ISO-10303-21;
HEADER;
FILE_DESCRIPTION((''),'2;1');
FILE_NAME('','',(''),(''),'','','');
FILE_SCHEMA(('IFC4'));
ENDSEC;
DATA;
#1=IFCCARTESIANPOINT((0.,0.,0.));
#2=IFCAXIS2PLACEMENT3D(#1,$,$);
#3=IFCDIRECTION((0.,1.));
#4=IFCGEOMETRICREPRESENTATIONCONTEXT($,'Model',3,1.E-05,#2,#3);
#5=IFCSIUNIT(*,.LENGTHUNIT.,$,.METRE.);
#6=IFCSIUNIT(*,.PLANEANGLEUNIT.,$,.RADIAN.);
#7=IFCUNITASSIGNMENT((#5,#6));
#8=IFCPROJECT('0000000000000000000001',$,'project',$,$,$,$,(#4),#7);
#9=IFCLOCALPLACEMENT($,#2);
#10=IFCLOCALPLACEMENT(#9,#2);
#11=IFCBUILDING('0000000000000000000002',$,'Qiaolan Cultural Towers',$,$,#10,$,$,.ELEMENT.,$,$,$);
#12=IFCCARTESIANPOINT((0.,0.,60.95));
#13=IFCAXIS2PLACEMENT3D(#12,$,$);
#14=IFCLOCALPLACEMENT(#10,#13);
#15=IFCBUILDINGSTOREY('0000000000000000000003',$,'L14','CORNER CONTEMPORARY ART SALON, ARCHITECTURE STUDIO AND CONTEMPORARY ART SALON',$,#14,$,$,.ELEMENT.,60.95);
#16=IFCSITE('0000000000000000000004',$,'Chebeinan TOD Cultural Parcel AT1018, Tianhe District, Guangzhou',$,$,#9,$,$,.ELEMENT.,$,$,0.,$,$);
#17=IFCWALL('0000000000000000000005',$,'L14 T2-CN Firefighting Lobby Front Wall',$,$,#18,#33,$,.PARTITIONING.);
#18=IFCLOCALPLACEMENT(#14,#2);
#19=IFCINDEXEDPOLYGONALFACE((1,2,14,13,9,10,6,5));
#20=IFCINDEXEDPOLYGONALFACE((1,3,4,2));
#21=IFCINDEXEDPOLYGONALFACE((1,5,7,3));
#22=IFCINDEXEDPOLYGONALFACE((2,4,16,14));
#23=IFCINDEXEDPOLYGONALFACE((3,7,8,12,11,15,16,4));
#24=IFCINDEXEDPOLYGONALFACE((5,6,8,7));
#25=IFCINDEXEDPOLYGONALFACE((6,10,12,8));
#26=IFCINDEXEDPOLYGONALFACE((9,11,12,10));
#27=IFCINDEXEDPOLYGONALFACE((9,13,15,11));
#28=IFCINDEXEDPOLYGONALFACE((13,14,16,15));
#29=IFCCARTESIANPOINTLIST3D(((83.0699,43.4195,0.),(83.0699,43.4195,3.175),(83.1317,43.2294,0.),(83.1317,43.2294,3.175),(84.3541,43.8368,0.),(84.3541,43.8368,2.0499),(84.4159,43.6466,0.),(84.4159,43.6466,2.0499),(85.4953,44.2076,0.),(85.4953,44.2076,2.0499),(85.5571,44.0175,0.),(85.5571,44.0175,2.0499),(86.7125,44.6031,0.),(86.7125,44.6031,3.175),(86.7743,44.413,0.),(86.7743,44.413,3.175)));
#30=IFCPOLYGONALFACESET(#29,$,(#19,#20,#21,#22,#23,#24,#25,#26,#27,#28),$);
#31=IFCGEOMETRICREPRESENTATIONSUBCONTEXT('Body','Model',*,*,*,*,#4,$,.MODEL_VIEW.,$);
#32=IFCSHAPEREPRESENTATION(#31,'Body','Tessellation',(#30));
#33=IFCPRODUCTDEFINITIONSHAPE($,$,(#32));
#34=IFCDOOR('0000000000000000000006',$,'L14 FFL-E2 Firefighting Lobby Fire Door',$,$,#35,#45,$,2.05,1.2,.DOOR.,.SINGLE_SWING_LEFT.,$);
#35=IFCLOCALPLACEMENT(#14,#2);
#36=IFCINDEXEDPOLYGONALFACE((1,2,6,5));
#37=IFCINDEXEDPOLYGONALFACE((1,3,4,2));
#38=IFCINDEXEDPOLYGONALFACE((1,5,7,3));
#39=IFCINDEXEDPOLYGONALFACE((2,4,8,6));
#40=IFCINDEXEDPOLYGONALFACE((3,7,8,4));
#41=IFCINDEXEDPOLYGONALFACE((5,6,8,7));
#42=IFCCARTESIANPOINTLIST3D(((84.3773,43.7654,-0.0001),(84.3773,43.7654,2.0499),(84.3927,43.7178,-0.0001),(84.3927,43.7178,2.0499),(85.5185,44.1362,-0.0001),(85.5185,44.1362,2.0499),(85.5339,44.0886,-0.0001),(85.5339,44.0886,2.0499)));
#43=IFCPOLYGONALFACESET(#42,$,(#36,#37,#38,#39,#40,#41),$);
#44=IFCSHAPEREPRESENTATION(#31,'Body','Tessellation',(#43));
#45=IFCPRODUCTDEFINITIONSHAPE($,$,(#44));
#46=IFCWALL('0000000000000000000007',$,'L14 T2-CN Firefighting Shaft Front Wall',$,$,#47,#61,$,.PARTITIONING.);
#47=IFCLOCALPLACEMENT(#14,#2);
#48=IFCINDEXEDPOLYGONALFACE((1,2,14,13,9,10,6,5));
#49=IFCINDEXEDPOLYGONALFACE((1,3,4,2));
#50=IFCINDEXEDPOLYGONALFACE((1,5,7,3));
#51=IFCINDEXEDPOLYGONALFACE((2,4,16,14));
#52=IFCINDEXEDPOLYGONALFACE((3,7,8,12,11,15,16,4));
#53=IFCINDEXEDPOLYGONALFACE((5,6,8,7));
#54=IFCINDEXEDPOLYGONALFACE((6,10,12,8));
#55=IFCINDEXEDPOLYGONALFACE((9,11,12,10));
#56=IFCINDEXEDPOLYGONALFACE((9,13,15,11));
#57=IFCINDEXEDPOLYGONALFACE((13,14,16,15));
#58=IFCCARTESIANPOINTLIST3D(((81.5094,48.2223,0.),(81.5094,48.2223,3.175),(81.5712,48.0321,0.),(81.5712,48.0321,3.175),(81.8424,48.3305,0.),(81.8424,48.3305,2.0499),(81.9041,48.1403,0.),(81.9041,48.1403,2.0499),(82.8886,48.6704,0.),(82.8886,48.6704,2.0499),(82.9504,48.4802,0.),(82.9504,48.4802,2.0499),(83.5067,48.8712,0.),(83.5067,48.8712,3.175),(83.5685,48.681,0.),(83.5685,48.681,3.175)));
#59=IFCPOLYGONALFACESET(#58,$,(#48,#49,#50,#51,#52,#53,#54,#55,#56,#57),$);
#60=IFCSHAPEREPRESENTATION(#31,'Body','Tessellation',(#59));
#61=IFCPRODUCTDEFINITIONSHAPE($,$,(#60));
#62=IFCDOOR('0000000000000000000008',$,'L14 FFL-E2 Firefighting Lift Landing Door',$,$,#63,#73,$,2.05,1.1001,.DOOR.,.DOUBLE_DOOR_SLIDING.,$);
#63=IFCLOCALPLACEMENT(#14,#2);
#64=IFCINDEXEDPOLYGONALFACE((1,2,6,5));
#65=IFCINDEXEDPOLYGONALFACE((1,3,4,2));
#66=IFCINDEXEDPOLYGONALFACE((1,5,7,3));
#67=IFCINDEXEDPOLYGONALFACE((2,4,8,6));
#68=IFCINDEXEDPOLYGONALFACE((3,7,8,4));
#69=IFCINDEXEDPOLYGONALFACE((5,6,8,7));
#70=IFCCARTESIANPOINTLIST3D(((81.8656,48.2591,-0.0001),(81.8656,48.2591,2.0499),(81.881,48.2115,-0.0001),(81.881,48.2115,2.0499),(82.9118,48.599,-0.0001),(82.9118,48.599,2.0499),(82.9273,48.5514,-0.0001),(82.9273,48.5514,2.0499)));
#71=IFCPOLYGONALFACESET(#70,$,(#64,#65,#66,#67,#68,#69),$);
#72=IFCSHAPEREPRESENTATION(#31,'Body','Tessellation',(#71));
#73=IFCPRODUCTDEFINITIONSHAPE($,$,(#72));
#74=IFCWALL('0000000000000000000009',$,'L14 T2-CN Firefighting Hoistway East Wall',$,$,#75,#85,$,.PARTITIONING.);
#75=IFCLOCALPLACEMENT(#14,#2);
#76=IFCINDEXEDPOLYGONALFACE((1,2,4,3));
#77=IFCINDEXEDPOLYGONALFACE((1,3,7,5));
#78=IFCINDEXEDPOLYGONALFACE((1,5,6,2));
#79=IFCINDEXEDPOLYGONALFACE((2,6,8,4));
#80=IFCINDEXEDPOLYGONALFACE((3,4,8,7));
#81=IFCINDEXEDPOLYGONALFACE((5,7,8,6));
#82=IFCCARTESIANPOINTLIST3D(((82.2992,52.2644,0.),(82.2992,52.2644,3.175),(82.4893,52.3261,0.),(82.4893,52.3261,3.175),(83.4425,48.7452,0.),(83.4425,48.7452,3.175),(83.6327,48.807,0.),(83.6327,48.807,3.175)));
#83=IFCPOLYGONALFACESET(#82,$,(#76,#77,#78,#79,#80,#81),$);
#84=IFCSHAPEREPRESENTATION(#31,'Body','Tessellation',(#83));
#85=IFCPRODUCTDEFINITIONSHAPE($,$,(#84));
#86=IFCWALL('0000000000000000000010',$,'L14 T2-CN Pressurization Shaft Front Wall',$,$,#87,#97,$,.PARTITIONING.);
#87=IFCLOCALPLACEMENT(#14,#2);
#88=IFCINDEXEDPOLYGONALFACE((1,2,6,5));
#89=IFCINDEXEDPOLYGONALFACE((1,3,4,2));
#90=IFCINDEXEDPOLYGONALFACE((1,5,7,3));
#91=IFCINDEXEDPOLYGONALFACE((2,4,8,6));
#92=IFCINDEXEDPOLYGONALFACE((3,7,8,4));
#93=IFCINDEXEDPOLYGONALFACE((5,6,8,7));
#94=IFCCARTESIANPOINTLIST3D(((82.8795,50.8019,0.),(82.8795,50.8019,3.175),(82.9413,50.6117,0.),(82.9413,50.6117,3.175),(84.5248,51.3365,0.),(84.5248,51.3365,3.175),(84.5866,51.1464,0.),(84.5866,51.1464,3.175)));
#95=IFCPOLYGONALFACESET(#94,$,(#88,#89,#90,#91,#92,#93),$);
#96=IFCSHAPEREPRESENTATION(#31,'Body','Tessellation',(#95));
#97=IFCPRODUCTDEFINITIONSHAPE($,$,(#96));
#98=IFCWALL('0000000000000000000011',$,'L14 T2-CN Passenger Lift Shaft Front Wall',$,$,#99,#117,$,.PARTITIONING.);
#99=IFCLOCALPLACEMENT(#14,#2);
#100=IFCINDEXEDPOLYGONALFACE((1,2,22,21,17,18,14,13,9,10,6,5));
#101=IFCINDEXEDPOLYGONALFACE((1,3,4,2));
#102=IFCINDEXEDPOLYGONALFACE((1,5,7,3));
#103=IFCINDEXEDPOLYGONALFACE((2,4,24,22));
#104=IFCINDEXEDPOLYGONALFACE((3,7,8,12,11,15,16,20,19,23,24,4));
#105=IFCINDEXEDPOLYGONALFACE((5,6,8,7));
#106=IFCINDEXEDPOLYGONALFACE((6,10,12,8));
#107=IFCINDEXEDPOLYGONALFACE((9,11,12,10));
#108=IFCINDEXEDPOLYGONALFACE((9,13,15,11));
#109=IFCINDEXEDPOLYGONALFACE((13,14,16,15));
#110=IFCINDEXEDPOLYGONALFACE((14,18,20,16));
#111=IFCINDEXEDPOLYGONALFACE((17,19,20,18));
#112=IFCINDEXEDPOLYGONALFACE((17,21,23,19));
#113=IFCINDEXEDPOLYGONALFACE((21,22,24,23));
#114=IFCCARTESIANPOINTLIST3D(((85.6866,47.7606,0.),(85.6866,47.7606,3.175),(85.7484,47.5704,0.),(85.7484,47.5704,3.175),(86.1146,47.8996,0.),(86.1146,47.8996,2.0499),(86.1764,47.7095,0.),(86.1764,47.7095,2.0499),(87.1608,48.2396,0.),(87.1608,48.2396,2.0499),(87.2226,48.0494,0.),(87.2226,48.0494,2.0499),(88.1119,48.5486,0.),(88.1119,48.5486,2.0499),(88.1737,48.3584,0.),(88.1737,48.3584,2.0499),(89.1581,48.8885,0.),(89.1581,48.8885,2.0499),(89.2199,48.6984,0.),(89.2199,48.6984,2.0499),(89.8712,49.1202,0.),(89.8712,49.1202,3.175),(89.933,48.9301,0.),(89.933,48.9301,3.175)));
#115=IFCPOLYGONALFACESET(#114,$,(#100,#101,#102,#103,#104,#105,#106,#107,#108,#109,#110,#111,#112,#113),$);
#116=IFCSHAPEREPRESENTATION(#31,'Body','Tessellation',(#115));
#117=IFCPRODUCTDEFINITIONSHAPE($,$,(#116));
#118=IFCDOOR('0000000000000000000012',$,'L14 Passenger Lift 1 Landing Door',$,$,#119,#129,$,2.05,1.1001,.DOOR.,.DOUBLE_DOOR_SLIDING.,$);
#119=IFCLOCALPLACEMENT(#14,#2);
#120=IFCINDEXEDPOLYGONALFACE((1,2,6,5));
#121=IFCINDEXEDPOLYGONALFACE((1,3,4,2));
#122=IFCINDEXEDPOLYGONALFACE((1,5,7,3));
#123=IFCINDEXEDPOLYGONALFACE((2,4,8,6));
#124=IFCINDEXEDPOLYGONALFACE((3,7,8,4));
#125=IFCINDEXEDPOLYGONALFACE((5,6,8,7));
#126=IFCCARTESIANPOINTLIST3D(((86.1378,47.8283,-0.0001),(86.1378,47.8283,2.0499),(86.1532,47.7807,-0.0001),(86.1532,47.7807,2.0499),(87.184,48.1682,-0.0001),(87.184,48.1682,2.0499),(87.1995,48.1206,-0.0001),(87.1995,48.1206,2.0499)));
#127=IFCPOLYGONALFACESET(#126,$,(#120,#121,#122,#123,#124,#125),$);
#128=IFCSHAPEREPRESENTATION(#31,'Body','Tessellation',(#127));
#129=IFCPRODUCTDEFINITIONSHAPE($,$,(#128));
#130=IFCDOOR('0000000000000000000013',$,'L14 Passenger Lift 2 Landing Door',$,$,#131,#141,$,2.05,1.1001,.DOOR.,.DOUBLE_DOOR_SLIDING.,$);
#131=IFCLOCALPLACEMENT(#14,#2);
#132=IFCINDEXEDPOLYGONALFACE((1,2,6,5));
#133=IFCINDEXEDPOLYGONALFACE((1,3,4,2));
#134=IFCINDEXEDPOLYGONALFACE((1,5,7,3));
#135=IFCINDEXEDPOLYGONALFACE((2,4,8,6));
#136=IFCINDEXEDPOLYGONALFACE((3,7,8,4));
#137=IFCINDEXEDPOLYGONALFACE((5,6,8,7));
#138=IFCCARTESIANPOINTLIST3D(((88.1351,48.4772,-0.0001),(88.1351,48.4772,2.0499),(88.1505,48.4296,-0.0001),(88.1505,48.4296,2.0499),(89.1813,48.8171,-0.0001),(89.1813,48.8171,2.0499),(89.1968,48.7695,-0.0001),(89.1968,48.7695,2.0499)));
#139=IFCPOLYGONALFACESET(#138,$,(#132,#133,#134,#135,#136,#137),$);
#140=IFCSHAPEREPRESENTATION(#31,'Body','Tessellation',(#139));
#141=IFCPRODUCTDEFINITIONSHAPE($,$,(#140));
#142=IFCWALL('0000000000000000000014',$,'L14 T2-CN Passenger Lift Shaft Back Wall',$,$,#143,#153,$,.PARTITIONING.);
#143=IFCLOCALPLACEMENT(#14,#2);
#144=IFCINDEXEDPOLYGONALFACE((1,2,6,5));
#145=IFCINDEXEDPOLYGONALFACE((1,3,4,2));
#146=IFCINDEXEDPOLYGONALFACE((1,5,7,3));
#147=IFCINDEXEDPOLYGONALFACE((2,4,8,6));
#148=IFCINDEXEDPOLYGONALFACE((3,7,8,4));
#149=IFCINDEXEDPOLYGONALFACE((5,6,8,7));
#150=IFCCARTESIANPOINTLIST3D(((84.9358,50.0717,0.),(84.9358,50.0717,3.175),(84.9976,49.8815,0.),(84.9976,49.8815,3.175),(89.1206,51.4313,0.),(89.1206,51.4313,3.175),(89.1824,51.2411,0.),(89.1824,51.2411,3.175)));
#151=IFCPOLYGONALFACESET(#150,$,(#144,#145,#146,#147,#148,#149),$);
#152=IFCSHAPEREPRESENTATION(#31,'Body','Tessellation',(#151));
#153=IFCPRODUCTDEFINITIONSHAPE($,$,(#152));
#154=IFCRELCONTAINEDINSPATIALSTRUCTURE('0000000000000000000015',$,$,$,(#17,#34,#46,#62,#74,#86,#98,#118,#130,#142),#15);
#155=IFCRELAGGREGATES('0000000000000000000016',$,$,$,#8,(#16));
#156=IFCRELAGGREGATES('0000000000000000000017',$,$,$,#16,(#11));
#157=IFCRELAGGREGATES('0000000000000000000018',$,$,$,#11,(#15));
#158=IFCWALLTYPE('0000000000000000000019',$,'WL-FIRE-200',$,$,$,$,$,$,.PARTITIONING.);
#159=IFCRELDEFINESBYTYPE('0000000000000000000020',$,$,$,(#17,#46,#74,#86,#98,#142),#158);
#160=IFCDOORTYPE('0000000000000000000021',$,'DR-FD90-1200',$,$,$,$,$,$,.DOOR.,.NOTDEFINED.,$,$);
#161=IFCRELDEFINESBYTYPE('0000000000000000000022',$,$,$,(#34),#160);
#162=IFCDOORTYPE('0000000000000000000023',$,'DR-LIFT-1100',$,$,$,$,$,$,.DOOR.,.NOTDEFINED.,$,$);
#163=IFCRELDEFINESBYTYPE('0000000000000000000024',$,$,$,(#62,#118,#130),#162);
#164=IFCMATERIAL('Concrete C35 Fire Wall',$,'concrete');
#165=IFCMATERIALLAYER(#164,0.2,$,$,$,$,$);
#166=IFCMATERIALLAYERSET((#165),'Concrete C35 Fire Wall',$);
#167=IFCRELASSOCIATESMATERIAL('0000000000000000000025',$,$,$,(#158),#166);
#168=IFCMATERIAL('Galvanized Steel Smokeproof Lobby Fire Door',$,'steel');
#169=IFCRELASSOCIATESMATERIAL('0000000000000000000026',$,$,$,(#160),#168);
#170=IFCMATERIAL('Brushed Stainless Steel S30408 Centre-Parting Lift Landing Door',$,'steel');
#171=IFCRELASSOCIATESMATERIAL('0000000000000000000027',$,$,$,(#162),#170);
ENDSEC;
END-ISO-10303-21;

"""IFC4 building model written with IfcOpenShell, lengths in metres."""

from ifc_helpers import new_model, si_unit, direction, frame, frame_2d, origin, place, context, subcontext, project, spatial, rectangle, extrude, material, layer, layer_set, type_object, element, fill, save


model = new_model("IFC4")

# Units and contexts
model_context = context("Model", 3, precision=1e-05, world=origin(), true_north=direction((0.0, 1.0)))
body_context = subcontext(model_context, "Body", "Model", "MODEL_VIEW")
ifc_project = project(units=[si_unit("LENGTHUNIT", "METRE"), si_unit("PLANEANGLEUNIT", "RADIAN")], contexts=[model_context])

# Site, building, storey
site_placement = place(None, origin())
site = spatial("IfcSite", under=ifc_project, at=site_placement, Name="Chebeinan TOD Cultural Parcel AT1018, Tianhe District, Guangzhou", CompositionType="ELEMENT", RefElevation=0.0)
building_placement = place(site_placement, origin())
building = spatial("IfcBuilding", under=site, at=building_placement, Name="Qiaolan Cultural Towers", CompositionType="ELEMENT")
storey_placement = place(building_placement, frame((0.0, 0.0, 60.95)))
storey = spatial("IfcBuildingStorey", under=building, at=storey_placement, Name="L14", Description="CORNER CONTEMPORARY ART SALON, ARCHITECTURE STUDIO AND CONTEMPORARY ART SALON", CompositionType="ELEMENT", Elevation=60.95)

# Shared definitions
ifc_material_1 = material(Name="Concrete C35 Fire Wall", Category="concrete")
ifc_layer_1 = layer(ifc_material_1, 0.2)
ifc_layer_set_1 = layer_set([ifc_layer_1], Name="Concrete C35 Fire Wall")
wall_type_1 = type_object("IfcWallType", Name="WL-FIRE-200", PredefinedType="PARTITIONING", material=ifc_layer_set_1)

# Walls, openings, doors
wall_1_placement = place(storey_placement, frame((83.1008, 43.3245, 0.0), z_axis=(0.0, 0.0, 1.0), x_axis=(0.951053, 0.309028, 0.0)))
wall_1 = element("IfcWall", 1, at=wall_1_placement, inside=storey, type_object=wall_type_1, Name="L14 T2-CN Firefighting Lobby Front Wall", PredefinedType="PARTITIONING", context=body_context, shape_type="SweptSolid", body=[
    extrude(rectangle(XDim=3.8301, YDim=0.2, at=frame_2d((1.915, 0.0))), origin(), (0.0, 0.0, 1.0), 3.175),
])
opening_1_placement = place(wall_1_placement, frame((1.3501, 0.0, 0.0)))
opening_1 = element("IfcOpeningElement", 2, at=opening_1_placement, cuts=wall_1, PredefinedType="OPENING", context=body_context, shape_type="SweptSolid", body=[
    extrude(rectangle(XDim=1.2, YDim=2.05, at=frame_2d((0.6001, 1.0249))), frame((0.0, 0.1099, 0.0), z_axis=(0.0, -1.0, 0.0), x_axis=(1.0, 0.0, 0.0)), (0.0, 0.0, 1.0), 0.22),
])
ifc_material_2 = material(Name="Galvanized Steel Smokeproof Lobby Fire Door", Category="steel")
door_type_1 = type_object("IfcDoorType", Name="DR-FD90-1200", OperationType="NOTDEFINED", PredefinedType="DOOR", material=ifc_material_2)
door_1_placement = place(opening_1_placement, origin())
door_1 = element("IfcDoor", 3, at=door_1_placement, inside=storey, type_object=door_type_1, Name="L14 FFL-E2 Firefighting Lobby Fire Door", OperationType="SINGLE_SWING_LEFT", OverallHeight=2.05, OverallWidth=1.2, PredefinedType="DOOR", context=body_context, shape_type="SweptSolid", body=[
    extrude(rectangle(XDim=1.2, YDim=2.05, at=frame_2d((0.6001, 1.0249))), frame((0.0, 0.0249, 0.0), z_axis=(0.0, -1.0, 0.0), x_axis=(1.0, 0.0, 0.0)), (0.0, 0.0, 1.0), 0.05),
])
fill(opening_1, door_1)
wall_2_placement = place(storey_placement, frame((81.5403, 48.1272, 0.0), z_axis=(0.0, 0.0, 1.0), x_axis=(0.951062, 0.308999, 0.0)))
wall_2 = element("IfcWall", 4, at=wall_2_placement, inside=storey, type_object=wall_type_1, Name="L14 T2-CN Firefighting Shaft Front Wall", PredefinedType="PARTITIONING", context=body_context, shape_type="SweptSolid", body=[
    extrude(rectangle(XDim=2.1001, YDim=0.2, at=frame_2d((1.05, 0.0))), origin(), (0.0, 0.0, 1.0), 3.175),
])
opening_2_placement = place(wall_2_placement, frame((0.3501, 0.0, 0.0)))
opening_2 = element("IfcOpeningElement", 5, at=opening_2_placement, cuts=wall_2, PredefinedType="OPENING", context=body_context, shape_type="SweptSolid", body=[
    extrude(rectangle(XDim=1.1001, YDim=2.05, at=frame_2d((0.55, 1.0249))), frame((0.0, 0.1099, 0.0), z_axis=(0.0, -1.0, 0.0), x_axis=(1.0, 0.0, 0.0)), (0.0, 0.0, 1.0), 0.22),
])
ifc_material_3 = material(Name="Brushed Stainless Steel S30408 Centre-Parting Lift Landing Door", Category="steel")
door_type_2 = type_object("IfcDoorType", Name="DR-LIFT-1100", OperationType="NOTDEFINED", PredefinedType="DOOR", material=ifc_material_3)
door_2_placement = place(opening_2_placement, origin())
door_2 = element("IfcDoor", 6, at=door_2_placement, inside=storey, type_object=door_type_2, Name="L14 FFL-E2 Firefighting Lift Landing Door", OperationType="DOUBLE_DOOR_SLIDING", OverallHeight=2.05, OverallWidth=1.1001, PredefinedType="DOOR", context=body_context, shape_type="SweptSolid", body=[
    extrude(rectangle(XDim=1.1001, YDim=2.05, at=frame_2d((0.55, 1.0249))), frame((0.0, 0.0249, 0.0), z_axis=(0.0, -1.0, 0.0), x_axis=(1.0, 0.0, 0.0)), (0.0, 0.0, 1.0), 0.05),
])
fill(opening_2, door_2)

# Walls
wall_3_placement = place(storey_placement, frame((83.5376, 48.7761, 0.0), z_axis=(0.0, 0.0, 1.0), x_axis=(-0.308994, 0.951064, 0.0)))
element("IfcWall", 7, at=wall_3_placement, inside=storey, type_object=wall_type_1, Name="L14 T2-CN Firefighting Hoistway East Wall", PredefinedType="PARTITIONING", context=body_context, shape_type="SweptSolid", body=[
    extrude(rectangle(XDim=3.7002, YDim=0.2, at=frame_2d((1.8501, 0.0))), origin(), (0.0, 0.0, 1.0), 3.175),
])
wall_4_placement = place(storey_placement, frame((82.9104, 50.7068, 0.0), z_axis=(0.0, 0.0, 1.0), x_axis=(0.951041, 0.309064, 0.0)))
element("IfcWall", 8, at=wall_4_placement, inside=storey, type_object=wall_type_1, Name="L14 T2-CN Pressurization Shaft Front Wall", PredefinedType="PARTITIONING", context=body_context, shape_type="SweptSolid", body=[
    extrude(rectangle(XDim=1.73, YDim=0.2, at=frame_2d((0.865, 0.0))), origin(), (0.0, 0.0, 1.0), 3.175),
])

# Wall, openings, doors
wall_5_placement = place(storey_placement, frame((85.7175, 47.6655, 0.0), z_axis=(0.0, 0.0, 1.0), x_axis=(0.951059, 0.309011, 0.0)))
wall_5 = element("IfcWall", 9, at=wall_5_placement, inside=storey, type_object=wall_type_1, Name="L14 T2-CN Passenger Lift Shaft Front Wall", PredefinedType="PARTITIONING", context=body_context, shape_type="SweptSolid", body=[
    extrude(rectangle(XDim=4.3999, YDim=0.2, at=frame_2d((2.2, 0.0))), origin(), (0.0, 0.0, 1.0), 3.175),
])
opening_3_placement = place(wall_5_placement, frame((0.45, 0.0, 0.0)))
opening_3 = element("IfcOpeningElement", 10, at=opening_3_placement, cuts=wall_5, PredefinedType="OPENING", context=body_context, shape_type="SweptSolid", body=[
    extrude(rectangle(XDim=1.1001, YDim=2.05, at=frame_2d((0.55, 1.0249))), frame((0.0, 0.1099, 0.0), z_axis=(0.0, -1.0, 0.0), x_axis=(1.0, 0.0, 0.0)), (0.0, 0.0, 1.0), 0.22),
])
opening_4_placement = place(wall_5_placement, frame((2.55, 0.0, 0.0)))
opening_4 = element("IfcOpeningElement", 11, at=opening_4_placement, cuts=wall_5, PredefinedType="OPENING", context=body_context, shape_type="SweptSolid", body=[
    extrude(rectangle(XDim=1.1001, YDim=2.05, at=frame_2d((0.55, 1.0249))), frame((0.0, 0.1099, 0.0), z_axis=(0.0, -1.0, 0.0), x_axis=(1.0, 0.0, 0.0)), (0.0, 0.0, 1.0), 0.22),
])
door_3_placement = place(opening_3_placement, origin())
door_3 = element("IfcDoor", 12, at=door_3_placement, inside=storey, type_object=door_type_2, Name="L14 Passenger Lift 1 Landing Door", OperationType="DOUBLE_DOOR_SLIDING", OverallHeight=2.05, OverallWidth=1.1001, PredefinedType="DOOR", context=body_context, shape_type="SweptSolid", body=[
    extrude(rectangle(XDim=1.1001, YDim=2.05, at=frame_2d((0.55, 1.0249))), frame((0.0, 0.0249, 0.0), z_axis=(0.0, -1.0, 0.0), x_axis=(1.0, 0.0, 0.0)), (0.0, 0.0, 1.0), 0.05),
])
fill(opening_3, door_3)
door_4_placement = place(opening_4_placement, origin())
door_4 = element("IfcDoor", 13, at=door_4_placement, inside=storey, type_object=door_type_2, Name="L14 Passenger Lift 2 Landing Door", OperationType="DOUBLE_DOOR_SLIDING", OverallHeight=2.05, OverallWidth=1.1001, PredefinedType="DOOR", context=body_context, shape_type="SweptSolid", body=[
    extrude(rectangle(XDim=1.1001, YDim=2.05, at=frame_2d((0.55, 1.0249))), frame((0.0, 0.0249, 0.0), z_axis=(0.0, -1.0, 0.0), x_axis=(1.0, 0.0, 0.0)), (0.0, 0.0, 1.0), 0.05),
])
fill(opening_4, door_4)

# Wall
wall_6_placement = place(storey_placement, frame((84.9666, 49.9766, 0.0), z_axis=(0.0, 0.0, 1.0), x_axis=(0.951064, 0.308994, 0.0)))
element("IfcWall", 14, at=wall_6_placement, inside=storey, type_object=wall_type_1, Name="L14 T2-CN Passenger Lift Shaft Back Wall", PredefinedType="PARTITIONING", context=body_context, shape_type="SweptSolid", body=[
    extrude(rectangle(XDim=4.4001, YDim=0.2, at=frame_2d((2.2002, 0.0))), origin(), (0.0, 0.0, 1.0), 3.175),
])

save(model, "model.ifc")
